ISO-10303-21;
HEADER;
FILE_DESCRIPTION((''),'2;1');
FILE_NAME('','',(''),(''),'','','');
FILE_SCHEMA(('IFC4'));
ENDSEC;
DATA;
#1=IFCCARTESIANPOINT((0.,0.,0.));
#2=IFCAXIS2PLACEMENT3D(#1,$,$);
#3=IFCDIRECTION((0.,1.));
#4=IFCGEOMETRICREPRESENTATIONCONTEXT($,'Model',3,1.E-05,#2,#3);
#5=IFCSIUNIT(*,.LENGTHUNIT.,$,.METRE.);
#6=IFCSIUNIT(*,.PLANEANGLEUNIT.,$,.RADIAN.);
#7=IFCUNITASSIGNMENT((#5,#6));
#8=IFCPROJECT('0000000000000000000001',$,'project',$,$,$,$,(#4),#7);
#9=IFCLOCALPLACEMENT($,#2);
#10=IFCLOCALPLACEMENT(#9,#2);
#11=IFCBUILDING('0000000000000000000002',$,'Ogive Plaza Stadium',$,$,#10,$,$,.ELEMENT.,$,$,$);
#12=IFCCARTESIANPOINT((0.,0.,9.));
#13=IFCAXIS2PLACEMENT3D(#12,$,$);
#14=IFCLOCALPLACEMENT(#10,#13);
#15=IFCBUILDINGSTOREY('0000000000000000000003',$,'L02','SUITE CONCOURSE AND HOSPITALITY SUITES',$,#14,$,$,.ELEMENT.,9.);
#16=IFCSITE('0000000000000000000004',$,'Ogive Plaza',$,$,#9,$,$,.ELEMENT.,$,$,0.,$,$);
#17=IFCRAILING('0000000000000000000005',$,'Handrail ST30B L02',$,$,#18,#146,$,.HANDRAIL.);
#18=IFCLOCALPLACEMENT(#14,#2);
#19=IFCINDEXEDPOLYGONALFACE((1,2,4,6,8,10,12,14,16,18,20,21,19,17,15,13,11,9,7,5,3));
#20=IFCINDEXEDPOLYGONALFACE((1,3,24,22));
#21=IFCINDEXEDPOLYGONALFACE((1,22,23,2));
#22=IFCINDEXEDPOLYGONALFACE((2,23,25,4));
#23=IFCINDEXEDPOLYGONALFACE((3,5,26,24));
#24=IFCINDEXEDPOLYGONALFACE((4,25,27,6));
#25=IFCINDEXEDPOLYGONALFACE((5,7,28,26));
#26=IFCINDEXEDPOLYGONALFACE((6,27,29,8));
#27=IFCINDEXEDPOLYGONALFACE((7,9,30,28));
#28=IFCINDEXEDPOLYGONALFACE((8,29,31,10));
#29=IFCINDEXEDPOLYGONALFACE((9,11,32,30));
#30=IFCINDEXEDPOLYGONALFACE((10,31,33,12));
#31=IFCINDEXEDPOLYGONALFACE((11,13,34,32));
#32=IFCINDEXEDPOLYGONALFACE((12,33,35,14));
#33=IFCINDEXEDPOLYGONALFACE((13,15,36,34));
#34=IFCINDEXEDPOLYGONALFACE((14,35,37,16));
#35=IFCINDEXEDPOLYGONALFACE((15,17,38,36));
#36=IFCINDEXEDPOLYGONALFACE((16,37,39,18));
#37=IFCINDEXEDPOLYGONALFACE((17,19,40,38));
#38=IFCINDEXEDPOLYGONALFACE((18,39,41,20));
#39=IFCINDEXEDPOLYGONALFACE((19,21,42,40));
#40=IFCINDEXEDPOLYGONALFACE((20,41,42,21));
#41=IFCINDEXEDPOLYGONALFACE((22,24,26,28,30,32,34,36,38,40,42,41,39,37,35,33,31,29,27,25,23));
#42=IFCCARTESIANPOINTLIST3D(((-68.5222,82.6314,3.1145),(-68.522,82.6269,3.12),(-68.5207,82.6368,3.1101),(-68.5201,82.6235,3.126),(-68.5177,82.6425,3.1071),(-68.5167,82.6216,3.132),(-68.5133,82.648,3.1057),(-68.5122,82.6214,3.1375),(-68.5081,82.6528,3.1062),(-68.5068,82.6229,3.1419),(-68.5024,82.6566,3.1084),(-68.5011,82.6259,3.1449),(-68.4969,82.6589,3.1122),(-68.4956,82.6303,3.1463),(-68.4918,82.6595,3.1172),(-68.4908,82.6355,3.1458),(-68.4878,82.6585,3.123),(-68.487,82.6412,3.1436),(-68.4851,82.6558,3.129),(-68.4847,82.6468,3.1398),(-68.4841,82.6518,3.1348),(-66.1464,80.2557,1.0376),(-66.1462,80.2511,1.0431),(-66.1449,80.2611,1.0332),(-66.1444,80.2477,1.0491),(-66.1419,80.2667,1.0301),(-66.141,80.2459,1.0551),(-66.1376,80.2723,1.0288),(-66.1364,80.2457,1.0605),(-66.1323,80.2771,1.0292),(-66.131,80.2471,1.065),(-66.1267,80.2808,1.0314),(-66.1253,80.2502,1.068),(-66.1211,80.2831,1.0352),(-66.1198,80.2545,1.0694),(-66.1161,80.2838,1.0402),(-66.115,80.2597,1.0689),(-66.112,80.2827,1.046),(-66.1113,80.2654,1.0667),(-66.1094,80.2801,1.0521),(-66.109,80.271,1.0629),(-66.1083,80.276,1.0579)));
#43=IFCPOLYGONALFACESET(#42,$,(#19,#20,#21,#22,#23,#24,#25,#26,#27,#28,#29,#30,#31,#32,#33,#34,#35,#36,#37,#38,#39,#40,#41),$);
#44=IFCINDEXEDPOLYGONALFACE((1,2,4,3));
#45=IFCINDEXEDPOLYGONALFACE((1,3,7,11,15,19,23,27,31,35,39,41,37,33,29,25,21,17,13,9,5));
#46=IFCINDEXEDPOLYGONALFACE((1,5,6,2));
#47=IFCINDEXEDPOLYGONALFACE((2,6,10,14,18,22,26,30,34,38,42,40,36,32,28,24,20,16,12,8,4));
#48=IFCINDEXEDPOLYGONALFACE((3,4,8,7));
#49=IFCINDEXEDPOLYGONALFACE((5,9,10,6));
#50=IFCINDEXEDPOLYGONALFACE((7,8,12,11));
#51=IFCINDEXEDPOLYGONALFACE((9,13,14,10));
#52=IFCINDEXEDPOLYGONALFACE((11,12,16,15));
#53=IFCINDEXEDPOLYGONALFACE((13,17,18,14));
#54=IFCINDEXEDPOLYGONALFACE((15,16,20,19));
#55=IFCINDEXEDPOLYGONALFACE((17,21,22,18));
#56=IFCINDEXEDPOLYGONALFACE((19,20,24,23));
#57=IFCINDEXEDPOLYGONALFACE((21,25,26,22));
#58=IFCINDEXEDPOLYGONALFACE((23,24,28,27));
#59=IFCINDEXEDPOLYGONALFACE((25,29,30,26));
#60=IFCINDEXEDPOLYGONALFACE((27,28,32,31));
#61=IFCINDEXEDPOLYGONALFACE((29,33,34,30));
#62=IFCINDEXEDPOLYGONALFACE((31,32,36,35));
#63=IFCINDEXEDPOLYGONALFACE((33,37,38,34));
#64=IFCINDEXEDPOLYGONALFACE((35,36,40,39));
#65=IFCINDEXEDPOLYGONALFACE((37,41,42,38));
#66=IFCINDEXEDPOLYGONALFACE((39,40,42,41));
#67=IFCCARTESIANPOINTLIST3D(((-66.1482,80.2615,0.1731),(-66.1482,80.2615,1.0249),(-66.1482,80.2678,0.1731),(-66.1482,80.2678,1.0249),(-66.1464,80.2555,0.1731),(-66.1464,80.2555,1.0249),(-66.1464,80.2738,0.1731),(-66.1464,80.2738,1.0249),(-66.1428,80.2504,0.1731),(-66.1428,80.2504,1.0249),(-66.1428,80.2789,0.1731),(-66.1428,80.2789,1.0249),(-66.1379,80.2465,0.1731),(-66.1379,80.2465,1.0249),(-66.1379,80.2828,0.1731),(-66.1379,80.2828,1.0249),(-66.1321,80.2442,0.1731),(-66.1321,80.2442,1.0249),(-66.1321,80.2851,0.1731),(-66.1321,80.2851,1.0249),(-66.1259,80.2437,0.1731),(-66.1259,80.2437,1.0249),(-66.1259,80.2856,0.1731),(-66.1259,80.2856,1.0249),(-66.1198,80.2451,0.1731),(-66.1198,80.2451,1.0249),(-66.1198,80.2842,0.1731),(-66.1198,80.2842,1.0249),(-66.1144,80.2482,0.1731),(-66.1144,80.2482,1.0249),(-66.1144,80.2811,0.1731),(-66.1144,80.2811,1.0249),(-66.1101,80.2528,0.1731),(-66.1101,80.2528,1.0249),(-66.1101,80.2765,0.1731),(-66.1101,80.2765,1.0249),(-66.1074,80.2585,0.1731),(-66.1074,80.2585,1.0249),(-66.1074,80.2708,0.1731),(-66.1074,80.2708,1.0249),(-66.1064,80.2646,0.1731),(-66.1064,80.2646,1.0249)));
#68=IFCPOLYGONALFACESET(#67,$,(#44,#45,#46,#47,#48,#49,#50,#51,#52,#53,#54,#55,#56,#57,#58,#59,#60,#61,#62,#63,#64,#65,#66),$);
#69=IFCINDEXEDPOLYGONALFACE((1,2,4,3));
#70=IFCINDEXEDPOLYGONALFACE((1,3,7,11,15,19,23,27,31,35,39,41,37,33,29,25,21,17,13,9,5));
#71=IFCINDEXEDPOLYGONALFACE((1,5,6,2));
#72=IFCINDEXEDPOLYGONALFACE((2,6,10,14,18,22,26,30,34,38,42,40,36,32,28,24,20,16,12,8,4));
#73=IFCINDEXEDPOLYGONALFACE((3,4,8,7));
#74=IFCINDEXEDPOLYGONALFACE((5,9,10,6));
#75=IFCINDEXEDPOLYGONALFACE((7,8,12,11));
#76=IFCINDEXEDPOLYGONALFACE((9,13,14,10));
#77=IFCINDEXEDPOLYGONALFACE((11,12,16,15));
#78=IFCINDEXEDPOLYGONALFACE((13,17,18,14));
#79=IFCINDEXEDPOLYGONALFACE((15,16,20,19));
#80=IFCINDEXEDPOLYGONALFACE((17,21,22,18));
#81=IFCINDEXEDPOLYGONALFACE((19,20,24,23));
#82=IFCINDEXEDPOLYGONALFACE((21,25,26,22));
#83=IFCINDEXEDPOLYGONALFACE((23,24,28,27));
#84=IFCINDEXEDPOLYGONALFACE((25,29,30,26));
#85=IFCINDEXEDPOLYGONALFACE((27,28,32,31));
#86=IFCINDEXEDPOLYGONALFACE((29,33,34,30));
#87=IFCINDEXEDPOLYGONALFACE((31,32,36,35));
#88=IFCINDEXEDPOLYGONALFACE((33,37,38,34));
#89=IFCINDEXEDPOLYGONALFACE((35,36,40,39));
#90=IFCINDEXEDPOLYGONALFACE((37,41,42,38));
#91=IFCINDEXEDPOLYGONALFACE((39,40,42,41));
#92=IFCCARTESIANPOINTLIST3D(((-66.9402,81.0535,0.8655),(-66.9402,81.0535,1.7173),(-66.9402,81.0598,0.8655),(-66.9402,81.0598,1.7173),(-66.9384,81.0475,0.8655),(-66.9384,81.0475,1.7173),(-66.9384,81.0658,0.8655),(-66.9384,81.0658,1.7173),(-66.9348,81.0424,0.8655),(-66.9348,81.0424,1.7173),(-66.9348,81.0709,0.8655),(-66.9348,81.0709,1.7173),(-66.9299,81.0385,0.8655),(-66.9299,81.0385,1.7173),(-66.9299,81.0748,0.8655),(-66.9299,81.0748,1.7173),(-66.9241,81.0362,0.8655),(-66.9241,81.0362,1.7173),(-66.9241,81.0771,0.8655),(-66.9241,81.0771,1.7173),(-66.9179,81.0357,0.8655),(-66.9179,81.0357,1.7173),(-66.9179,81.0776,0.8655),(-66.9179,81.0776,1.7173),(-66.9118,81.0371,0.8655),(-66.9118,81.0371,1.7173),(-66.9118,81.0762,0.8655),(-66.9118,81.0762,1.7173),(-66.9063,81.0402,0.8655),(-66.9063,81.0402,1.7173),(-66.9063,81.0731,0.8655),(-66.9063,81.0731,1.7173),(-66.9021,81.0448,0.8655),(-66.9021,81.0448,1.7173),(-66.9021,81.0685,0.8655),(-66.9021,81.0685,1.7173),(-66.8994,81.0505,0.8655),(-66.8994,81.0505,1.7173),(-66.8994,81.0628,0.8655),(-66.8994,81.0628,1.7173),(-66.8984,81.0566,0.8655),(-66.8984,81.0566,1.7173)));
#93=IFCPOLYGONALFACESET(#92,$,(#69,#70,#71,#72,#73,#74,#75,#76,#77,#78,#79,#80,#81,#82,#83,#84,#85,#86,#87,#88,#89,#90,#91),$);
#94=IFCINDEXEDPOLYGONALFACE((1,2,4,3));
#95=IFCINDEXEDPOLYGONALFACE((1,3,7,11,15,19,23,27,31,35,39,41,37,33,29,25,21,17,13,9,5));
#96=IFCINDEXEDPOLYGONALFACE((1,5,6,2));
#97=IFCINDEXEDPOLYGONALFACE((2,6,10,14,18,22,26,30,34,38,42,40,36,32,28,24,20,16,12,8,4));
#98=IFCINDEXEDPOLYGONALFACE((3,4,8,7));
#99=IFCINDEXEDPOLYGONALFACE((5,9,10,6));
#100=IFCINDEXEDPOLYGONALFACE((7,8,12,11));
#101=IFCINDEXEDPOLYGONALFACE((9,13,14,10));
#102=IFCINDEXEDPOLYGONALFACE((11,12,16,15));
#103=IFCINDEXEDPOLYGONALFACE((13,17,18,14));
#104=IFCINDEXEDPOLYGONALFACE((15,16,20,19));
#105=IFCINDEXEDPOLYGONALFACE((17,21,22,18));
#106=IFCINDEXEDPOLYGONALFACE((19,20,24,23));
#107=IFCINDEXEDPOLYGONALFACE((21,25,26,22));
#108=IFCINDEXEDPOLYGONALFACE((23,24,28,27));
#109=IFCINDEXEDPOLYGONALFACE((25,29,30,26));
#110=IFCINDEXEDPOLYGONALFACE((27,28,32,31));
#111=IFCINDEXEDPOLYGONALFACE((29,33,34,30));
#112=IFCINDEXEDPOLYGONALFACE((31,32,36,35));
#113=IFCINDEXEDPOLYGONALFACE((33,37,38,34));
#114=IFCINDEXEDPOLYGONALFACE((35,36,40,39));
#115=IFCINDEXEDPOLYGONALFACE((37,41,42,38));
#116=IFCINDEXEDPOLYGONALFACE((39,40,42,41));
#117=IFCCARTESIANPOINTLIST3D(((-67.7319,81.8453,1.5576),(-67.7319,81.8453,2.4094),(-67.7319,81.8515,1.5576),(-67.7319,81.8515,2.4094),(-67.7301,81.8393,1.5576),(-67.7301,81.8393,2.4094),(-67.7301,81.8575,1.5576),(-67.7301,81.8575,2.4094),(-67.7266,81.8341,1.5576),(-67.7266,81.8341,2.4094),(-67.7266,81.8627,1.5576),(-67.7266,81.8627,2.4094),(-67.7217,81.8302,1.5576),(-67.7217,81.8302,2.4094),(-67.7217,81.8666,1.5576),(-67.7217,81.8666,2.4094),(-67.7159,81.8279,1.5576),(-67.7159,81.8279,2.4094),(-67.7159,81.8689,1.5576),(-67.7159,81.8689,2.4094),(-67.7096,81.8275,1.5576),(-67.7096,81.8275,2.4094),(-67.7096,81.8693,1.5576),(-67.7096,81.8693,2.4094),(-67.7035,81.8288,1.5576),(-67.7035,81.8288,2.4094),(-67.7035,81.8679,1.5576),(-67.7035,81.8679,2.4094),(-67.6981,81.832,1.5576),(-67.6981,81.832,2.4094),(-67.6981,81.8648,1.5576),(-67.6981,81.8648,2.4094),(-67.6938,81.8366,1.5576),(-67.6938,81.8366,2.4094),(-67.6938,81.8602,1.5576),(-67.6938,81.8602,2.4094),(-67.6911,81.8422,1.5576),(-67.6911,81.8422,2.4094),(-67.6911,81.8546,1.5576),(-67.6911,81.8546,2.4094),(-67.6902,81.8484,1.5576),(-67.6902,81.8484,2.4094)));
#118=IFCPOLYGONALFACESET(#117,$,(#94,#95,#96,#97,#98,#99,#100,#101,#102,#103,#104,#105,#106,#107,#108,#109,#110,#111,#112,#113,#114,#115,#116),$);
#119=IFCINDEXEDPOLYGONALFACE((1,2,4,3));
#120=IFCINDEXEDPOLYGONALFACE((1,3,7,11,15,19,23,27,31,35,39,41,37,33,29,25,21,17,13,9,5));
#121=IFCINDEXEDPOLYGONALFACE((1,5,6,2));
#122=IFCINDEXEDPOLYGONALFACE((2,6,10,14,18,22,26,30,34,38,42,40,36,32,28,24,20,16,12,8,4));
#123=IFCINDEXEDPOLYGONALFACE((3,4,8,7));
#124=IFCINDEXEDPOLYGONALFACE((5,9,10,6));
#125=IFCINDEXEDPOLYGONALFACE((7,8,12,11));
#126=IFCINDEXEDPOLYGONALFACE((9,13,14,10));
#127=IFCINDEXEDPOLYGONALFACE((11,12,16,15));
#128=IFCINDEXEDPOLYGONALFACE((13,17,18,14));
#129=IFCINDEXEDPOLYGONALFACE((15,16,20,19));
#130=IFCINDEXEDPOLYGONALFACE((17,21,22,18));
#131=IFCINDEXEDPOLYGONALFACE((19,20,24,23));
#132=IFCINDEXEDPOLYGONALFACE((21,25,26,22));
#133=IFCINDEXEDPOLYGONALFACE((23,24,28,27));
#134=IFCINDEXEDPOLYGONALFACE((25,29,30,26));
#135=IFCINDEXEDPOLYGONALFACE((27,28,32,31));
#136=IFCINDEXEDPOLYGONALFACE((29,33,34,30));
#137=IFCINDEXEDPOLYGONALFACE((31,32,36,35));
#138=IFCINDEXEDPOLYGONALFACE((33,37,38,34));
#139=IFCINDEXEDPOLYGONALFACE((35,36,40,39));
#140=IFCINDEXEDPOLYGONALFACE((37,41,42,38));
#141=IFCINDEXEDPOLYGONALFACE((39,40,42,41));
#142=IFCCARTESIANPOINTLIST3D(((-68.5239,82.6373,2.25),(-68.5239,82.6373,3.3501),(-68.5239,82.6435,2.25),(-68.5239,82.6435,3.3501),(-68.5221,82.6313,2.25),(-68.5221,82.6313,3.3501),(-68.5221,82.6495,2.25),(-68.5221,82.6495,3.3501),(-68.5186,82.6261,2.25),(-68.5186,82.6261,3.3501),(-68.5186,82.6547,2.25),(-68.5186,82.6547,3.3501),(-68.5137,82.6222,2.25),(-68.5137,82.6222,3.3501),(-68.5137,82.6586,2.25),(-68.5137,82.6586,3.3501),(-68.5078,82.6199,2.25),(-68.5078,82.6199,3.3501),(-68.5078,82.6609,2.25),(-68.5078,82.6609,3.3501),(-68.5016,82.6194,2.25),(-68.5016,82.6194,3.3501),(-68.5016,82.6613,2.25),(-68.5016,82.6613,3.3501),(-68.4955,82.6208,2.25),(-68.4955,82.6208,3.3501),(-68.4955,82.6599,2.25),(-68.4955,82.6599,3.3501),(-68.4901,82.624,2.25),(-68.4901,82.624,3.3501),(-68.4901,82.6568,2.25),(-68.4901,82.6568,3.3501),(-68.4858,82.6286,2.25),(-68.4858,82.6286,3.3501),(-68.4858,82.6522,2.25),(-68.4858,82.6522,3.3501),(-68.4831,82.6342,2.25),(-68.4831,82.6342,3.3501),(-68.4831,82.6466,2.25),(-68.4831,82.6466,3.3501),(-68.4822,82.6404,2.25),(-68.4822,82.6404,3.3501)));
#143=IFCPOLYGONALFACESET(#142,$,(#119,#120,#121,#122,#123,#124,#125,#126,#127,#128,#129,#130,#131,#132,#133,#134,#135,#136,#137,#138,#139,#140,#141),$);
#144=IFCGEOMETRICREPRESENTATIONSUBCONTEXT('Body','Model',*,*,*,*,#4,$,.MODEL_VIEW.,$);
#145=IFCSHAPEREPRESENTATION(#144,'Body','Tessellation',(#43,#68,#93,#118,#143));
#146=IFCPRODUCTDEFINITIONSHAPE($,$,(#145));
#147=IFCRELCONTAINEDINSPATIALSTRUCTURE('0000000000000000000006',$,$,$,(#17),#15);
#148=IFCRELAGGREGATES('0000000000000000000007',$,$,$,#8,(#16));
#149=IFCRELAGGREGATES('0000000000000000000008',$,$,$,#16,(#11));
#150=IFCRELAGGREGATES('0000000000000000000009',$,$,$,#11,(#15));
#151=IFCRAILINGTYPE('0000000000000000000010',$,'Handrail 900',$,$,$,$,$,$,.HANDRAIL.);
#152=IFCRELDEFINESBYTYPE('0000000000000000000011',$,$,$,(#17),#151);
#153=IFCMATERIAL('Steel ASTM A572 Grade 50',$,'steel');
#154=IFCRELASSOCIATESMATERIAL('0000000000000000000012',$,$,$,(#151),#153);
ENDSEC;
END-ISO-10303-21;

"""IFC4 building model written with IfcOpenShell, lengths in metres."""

from ifc_helpers import new_model, si_unit, direction, frame, origin, origin_2d, place, context, subcontext, project, spatial, circle, extrude, material, type_object, element, save


model = new_model("IFC4")

# Units and contexts
model_context = context("Model", 3, precision=1e-05, world=origin(), true_north=direction((0.0, 1.0)))
body_context = subcontext(model_context, "Body", "Model", "MODEL_VIEW")
ifc_project = project(units=[si_unit("LENGTHUNIT", "METRE"), si_unit("PLANEANGLEUNIT", "RADIAN")], contexts=[model_context])

# Site, building, storey
site_placement = place(None, origin())
site = spatial("IfcSite", under=ifc_project, at=site_placement, Name="Ogive Plaza", CompositionType="ELEMENT", RefElevation=0.0)
building_placement = place(site_placement, origin())
building = spatial("IfcBuilding", under=site, at=building_placement, Name="Ogive Plaza Stadium", CompositionType="ELEMENT")
storey_placement = place(building_placement, frame((0.0, 0.0, 9.0)))
storey = spatial("IfcBuildingStorey", under=building, at=storey_placement, Name="L02", Description="SUITE CONCOURSE AND HOSPITALITY SUITES", CompositionType="ELEMENT", Elevation=9.0)

# Railing
ifc_material_1 = material(Name="Steel ASTM A572 Grade 50", Category="steel")
railing_type_1 = type_object("IfcRailingType", Name="Handrail 900", PredefinedType="HANDRAIL", material=ifc_material_1)
railing_1_placement = place(storey_placement, frame((-66.1274, 80.2646, 0.1731)))
element("IfcRailing", 1, at=railing_1_placement, inside=storey, type_object=railing_type_1, Name="Handrail ST30B L02", PredefinedType="HANDRAIL", context=body_context, shape_type="SweptSolid", body=[
    extrude(circle(Radius=0.0239, at=origin_2d()), frame((0.0, 0.0, 0.876), z_axis=(-0.601466, 0.601466, 0.525811), x_axis=(-0.707107, -0.707107, 0.0)), (0.0, 0.0, 1.0), 3.95),
    extrude(circle(Radius=0.021, at=origin_2d()), origin(), (0.0, 0.0, 1.0), 0.8518),
    extrude(circle(Radius=0.021, at=origin_2d()), frame((-0.792, 0.792, 0.6924)), (0.0, 0.0, 1.0), 0.8518),
    extrude(circle(Radius=0.021, at=origin_2d()), frame((-1.5837, 1.5837, 1.3845)), (0.0, 0.0, 1.0), 0.8518),
    extrude(circle(Radius=0.021, at=origin_2d()), frame((-2.3757, 2.3757, 2.0769)), (0.0, 0.0, 1.0), 1.1001),
])

save(model, "model.ifc")
